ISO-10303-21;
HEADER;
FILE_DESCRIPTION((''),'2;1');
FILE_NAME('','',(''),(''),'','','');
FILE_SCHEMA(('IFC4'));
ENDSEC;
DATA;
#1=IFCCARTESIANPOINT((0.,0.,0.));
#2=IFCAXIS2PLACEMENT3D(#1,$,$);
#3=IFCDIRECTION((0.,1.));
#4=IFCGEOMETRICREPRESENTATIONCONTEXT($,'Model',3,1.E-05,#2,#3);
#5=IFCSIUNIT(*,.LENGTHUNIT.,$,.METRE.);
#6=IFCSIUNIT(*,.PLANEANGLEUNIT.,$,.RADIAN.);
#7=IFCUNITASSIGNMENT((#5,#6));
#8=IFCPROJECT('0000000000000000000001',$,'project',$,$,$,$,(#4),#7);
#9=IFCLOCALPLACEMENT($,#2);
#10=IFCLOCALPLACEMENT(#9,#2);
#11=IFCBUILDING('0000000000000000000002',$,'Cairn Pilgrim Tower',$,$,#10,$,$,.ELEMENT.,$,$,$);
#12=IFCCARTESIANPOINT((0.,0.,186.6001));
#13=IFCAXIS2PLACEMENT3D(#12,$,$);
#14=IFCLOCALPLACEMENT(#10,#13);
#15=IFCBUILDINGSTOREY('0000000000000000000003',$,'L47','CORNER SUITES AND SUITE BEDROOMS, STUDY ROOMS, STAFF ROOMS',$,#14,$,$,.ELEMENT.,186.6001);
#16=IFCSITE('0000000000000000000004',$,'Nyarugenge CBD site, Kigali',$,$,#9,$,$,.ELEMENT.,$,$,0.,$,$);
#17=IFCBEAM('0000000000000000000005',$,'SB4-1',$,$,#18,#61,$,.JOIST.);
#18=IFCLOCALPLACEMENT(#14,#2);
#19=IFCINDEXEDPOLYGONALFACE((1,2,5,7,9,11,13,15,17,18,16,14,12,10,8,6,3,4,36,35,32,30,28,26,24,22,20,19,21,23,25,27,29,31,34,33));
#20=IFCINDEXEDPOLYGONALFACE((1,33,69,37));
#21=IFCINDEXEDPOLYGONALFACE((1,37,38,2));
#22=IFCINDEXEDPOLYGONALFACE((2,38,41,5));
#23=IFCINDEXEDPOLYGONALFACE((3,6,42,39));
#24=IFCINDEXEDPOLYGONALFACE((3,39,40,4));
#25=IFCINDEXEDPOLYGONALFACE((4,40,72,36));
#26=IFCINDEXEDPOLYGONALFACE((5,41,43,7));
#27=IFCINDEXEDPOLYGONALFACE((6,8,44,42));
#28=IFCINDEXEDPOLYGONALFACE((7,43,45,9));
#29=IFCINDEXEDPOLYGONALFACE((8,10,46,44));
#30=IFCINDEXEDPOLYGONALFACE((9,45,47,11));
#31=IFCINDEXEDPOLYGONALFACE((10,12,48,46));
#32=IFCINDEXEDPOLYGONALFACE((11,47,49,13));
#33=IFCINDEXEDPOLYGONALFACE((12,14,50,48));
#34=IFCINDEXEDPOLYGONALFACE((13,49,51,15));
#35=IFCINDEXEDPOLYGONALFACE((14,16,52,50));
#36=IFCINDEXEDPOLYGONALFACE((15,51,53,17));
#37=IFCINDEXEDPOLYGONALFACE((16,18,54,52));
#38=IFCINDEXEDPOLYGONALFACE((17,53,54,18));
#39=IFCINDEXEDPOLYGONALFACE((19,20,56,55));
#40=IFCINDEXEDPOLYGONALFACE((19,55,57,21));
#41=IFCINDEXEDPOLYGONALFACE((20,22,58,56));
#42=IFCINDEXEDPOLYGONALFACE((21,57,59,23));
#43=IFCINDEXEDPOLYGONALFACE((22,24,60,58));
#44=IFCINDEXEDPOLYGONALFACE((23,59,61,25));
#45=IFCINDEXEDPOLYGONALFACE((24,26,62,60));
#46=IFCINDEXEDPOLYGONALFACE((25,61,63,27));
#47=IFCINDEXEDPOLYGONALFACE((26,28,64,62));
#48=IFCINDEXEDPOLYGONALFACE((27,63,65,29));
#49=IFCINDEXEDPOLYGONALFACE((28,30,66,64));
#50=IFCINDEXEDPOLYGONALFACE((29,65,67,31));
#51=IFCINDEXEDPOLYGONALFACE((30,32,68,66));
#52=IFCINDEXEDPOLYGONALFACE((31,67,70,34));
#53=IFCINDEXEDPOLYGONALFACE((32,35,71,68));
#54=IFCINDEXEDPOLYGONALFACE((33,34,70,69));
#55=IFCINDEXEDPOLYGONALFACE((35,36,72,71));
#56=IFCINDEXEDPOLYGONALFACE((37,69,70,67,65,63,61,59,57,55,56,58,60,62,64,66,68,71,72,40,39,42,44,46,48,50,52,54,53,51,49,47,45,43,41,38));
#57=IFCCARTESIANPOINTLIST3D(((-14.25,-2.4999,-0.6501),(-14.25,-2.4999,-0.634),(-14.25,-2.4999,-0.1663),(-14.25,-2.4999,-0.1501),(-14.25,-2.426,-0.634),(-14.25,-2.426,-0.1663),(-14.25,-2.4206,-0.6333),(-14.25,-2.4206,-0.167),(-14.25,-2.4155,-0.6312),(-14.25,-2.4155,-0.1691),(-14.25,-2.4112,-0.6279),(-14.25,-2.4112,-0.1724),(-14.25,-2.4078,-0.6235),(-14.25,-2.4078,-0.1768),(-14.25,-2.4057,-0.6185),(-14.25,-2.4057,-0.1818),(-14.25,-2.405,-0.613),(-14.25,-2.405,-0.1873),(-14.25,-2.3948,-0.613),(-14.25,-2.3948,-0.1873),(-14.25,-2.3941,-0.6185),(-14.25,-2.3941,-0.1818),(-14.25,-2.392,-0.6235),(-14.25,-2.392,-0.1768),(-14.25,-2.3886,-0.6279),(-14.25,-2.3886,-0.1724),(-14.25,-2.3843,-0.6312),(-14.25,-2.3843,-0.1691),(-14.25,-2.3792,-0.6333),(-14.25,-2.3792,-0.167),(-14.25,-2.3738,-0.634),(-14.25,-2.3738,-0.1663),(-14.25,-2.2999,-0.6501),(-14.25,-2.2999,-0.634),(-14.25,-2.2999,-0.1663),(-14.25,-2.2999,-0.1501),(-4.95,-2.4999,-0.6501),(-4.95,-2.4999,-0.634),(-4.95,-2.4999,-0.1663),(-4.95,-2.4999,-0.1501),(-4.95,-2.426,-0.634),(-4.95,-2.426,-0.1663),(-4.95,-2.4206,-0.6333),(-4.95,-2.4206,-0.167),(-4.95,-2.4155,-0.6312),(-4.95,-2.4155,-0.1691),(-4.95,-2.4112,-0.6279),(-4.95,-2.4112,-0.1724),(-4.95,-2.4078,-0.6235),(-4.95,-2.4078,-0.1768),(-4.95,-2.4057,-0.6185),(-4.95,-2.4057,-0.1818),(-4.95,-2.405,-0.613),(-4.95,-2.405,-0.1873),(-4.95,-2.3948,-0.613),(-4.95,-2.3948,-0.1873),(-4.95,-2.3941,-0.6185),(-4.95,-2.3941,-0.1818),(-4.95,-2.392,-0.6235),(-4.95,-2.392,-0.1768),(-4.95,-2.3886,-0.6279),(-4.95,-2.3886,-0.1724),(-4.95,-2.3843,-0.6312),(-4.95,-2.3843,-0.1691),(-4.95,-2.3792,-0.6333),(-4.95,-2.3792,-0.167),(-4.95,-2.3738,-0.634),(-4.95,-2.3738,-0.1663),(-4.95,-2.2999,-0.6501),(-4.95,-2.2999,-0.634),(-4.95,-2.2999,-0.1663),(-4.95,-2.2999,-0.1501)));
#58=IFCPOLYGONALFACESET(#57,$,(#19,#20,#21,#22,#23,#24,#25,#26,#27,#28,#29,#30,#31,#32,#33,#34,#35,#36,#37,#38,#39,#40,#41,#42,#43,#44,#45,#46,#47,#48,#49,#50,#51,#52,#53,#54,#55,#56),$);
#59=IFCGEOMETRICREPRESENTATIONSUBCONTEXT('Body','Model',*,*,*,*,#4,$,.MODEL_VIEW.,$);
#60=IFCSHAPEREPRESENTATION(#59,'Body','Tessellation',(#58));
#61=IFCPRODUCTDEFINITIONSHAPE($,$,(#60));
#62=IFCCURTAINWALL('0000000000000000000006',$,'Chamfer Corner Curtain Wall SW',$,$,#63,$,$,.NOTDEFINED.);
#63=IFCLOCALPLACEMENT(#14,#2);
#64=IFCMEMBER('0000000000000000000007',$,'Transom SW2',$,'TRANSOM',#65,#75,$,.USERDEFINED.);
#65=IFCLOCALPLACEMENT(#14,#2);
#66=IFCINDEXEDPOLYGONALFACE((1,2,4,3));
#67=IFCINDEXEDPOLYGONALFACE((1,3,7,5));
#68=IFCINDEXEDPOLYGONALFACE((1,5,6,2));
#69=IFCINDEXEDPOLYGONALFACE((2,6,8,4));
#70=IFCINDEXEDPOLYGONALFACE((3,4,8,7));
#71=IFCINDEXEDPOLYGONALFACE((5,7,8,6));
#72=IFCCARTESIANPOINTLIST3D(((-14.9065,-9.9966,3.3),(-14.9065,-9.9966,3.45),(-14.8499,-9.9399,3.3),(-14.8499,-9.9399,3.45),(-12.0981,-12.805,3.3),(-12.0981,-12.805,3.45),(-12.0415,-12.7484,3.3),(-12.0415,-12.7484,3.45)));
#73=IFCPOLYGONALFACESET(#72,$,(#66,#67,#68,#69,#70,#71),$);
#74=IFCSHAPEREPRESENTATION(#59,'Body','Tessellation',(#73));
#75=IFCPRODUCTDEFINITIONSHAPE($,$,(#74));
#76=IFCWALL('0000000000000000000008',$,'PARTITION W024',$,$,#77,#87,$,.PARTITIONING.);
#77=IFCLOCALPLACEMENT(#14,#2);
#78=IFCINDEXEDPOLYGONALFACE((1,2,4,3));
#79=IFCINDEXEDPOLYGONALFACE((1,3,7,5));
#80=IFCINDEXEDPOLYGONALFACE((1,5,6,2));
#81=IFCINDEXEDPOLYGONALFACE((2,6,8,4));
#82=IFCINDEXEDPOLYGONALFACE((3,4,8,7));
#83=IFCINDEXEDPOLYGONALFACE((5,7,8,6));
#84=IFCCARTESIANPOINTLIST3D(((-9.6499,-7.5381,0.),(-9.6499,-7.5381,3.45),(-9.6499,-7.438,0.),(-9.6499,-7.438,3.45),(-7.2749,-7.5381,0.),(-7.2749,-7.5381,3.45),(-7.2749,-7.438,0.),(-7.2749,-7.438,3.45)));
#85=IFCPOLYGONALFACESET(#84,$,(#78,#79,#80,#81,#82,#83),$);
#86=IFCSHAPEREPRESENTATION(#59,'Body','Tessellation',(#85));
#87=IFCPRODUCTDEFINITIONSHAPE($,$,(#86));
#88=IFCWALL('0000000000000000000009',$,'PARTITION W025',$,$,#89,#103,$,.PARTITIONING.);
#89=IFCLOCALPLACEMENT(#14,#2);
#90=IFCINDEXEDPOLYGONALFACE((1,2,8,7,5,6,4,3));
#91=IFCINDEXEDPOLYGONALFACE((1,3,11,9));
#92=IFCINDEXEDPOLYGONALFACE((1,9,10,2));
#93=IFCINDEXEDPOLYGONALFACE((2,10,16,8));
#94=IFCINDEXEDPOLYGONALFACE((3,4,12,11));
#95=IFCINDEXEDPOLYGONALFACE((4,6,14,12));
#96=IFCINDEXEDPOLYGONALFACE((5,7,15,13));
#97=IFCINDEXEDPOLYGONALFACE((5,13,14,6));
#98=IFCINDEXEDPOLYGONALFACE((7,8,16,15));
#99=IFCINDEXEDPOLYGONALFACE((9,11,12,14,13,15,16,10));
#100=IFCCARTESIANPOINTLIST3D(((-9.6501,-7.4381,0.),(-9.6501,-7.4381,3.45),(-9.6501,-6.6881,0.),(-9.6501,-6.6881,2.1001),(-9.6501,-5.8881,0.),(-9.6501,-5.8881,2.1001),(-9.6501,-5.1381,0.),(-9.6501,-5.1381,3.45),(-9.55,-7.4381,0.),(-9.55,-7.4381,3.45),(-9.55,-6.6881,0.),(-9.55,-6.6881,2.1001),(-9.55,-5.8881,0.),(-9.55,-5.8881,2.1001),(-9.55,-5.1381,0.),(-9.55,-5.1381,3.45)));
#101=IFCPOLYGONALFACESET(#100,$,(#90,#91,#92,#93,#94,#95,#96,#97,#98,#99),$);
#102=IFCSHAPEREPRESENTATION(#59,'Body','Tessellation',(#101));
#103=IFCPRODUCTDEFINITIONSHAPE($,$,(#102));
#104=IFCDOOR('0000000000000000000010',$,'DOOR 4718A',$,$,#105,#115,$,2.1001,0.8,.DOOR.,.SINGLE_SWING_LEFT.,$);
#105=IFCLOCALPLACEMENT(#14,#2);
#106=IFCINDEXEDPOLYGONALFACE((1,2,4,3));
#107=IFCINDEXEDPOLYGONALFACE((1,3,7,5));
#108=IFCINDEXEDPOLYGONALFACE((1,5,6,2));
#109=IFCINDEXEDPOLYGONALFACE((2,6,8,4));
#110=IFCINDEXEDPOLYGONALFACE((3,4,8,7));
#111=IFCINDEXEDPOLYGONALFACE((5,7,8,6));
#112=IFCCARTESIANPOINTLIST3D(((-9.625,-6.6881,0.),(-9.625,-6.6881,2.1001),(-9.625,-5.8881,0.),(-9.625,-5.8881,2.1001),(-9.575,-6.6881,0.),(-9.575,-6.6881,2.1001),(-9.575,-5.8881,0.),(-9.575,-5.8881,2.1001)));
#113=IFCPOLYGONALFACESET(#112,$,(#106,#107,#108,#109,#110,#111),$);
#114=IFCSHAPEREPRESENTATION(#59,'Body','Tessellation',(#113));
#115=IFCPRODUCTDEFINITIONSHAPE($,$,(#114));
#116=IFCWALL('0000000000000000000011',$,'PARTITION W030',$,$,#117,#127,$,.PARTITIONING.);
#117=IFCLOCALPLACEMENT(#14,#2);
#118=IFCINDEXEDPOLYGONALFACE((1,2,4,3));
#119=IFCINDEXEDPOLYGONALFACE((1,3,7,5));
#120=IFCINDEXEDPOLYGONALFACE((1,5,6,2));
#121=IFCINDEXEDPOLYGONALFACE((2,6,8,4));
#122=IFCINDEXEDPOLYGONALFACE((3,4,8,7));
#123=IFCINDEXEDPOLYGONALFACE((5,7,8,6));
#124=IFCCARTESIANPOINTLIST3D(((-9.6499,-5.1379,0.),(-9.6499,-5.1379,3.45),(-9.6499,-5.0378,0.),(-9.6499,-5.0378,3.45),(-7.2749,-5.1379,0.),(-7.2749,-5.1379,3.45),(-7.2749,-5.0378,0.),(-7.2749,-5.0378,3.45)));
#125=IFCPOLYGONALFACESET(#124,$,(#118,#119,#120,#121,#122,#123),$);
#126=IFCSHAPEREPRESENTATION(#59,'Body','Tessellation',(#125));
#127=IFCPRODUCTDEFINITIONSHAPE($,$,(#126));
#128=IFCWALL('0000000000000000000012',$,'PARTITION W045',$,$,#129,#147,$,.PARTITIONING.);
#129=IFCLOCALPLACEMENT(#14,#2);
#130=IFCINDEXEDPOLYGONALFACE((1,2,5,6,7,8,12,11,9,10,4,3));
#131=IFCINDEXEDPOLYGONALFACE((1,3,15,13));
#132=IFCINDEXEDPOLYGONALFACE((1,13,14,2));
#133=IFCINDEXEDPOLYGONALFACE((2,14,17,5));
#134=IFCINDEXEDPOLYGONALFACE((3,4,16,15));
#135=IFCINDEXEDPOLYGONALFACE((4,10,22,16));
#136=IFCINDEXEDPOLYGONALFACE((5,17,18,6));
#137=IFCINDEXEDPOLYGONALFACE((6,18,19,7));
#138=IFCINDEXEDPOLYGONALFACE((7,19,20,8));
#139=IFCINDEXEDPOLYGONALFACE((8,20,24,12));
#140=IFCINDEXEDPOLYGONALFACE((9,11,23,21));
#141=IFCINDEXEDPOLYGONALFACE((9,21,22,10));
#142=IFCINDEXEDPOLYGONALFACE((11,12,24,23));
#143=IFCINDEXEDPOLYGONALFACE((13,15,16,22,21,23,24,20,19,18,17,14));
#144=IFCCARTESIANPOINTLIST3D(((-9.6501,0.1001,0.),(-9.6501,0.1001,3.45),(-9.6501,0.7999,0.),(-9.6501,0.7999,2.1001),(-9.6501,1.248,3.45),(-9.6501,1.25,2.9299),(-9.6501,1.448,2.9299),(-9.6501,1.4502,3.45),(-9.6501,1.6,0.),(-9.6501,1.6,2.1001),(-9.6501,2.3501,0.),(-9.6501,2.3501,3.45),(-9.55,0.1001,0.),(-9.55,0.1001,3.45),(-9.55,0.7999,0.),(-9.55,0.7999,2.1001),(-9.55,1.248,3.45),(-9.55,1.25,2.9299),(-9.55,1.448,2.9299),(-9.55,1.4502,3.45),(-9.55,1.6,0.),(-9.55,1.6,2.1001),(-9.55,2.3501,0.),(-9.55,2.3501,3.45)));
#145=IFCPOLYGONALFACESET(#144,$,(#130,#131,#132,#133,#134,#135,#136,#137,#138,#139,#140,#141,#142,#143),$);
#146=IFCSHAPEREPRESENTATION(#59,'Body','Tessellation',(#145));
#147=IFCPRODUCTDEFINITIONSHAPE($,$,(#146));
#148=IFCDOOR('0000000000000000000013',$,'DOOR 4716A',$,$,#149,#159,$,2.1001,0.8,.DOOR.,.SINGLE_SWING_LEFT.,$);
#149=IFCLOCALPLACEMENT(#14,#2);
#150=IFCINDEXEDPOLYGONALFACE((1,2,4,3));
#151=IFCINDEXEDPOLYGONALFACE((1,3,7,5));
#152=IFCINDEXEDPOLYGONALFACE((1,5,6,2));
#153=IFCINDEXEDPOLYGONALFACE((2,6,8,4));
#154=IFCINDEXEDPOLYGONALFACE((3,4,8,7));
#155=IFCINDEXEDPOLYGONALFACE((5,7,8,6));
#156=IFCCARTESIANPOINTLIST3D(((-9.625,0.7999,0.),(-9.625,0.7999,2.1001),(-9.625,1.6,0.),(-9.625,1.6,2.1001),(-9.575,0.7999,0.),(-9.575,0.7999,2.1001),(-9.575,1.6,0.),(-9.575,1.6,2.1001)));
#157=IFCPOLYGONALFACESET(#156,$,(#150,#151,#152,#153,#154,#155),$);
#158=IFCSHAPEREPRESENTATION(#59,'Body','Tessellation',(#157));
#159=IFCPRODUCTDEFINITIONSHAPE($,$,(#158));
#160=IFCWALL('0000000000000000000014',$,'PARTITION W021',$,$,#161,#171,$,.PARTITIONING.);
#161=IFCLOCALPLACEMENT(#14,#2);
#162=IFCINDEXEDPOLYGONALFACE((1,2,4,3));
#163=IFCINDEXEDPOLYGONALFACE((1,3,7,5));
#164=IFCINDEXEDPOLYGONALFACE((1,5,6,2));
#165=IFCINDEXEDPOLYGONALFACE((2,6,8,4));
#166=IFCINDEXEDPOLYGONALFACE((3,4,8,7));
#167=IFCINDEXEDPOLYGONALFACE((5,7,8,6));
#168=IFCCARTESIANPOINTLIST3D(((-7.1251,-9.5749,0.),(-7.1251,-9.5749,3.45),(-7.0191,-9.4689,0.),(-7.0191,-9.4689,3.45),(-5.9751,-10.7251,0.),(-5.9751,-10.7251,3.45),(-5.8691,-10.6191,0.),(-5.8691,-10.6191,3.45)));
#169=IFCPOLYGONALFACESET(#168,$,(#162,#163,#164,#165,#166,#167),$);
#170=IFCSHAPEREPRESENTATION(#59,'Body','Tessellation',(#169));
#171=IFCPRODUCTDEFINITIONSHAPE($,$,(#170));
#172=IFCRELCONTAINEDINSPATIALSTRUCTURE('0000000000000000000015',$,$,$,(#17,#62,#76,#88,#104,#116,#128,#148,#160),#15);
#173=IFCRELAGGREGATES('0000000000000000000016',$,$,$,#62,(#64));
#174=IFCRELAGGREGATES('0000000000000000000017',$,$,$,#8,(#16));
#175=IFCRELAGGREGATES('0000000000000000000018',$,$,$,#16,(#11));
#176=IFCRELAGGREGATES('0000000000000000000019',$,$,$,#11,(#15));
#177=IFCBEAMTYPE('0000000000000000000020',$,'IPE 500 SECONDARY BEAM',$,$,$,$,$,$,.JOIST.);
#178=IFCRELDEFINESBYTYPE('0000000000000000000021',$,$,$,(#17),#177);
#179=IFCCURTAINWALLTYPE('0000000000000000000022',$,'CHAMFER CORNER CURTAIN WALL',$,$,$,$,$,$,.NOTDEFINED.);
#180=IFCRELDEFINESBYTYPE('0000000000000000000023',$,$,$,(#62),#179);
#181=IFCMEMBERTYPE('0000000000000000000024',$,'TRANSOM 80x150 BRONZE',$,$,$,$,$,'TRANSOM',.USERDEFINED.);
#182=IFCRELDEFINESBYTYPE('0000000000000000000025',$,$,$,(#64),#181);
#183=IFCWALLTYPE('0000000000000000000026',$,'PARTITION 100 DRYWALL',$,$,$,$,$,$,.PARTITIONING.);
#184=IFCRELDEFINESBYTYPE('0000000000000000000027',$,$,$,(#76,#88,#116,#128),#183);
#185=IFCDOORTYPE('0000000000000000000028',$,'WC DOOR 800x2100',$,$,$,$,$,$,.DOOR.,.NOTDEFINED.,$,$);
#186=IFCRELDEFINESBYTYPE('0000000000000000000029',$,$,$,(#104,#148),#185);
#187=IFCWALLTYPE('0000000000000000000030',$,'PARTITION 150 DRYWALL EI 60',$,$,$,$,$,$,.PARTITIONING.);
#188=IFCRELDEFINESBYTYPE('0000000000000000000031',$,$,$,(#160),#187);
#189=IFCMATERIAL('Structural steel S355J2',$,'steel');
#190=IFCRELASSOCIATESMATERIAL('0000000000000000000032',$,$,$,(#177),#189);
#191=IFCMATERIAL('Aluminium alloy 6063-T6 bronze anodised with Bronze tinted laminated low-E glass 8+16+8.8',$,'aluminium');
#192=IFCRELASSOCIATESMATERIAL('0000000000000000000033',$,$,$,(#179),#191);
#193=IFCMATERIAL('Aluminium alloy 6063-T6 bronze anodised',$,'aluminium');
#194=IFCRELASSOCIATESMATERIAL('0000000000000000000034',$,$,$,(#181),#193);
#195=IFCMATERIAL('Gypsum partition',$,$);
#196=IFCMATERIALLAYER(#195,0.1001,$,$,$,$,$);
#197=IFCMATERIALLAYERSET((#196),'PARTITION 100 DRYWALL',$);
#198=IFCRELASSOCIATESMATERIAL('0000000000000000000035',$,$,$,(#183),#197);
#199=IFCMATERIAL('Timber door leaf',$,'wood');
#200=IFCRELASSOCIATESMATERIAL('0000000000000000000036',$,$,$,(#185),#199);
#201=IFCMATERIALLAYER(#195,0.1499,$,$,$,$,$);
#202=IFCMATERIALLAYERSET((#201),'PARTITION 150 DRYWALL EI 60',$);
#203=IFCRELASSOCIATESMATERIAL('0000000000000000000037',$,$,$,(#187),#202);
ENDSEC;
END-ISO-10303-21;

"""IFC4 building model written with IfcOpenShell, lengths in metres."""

from ifc_helpers import new_model, si_unit, direction, frame, frame_2d, origin, origin_2d, place, context, subcontext, project, spatial, polyline, rectangle, i_section, outline, extrude, material, layer, layer_set, material_profile, profile_set, type_object, element, fill, aggregate, save


model = new_model("IFC4")

# Units and contexts
model_context = context("Model", 3, precision=1e-05, world=origin(), true_north=direction((0.0, 1.0)))
body_context = subcontext(model_context, "Body", "Model", "MODEL_VIEW")
ifc_project = project(units=[si_unit("LENGTHUNIT", "METRE"), si_unit("PLANEANGLEUNIT", "RADIAN")], contexts=[model_context])

# Site, building, storey
site_placement = place(None, origin())
site = spatial("IfcSite", under=ifc_project, at=site_placement, Name="Nyarugenge CBD site, Kigali", CompositionType="ELEMENT", RefElevation=0.0)
building_placement = place(site_placement, origin())
building = spatial("IfcBuilding", under=site, at=building_placement, Name="Cairn Pilgrim Tower", CompositionType="ELEMENT")
storey_placement = place(building_placement, frame((0.0, 0.0, 186.6001)))
storey = spatial("IfcBuildingStorey", under=building, at=storey_placement, Name="L47", Description="CORNER SUITES AND SUITE BEDROOMS, STUDY ROOMS, STAFF ROOMS", CompositionType="ELEMENT", Elevation=186.6001)

# Shared definitions
ifc_material_1 = material(Name="Structural steel S355J2", Category="steel")

# Beam
ifc_material_profile_1 = material_profile(ifc_material_1, i_section(OverallWidth=0.2, OverallDepth=0.5, WebThickness=0.0103, FlangeThickness=0.0161, FilletRadius=0.021, at=origin_2d()), Name="IPE 500")
ifc_profile_set_1 = profile_set([ifc_material_profile_1], Name="Structural steel S355J2")
beam_type_1 = type_object("IfcBeamType", Name="IPE 500 SECONDARY BEAM", PredefinedType="JOIST", material=ifc_profile_set_1)
for number, where, z_axis, x_axis, name in (
    (1, (-14.25, -2.3999, -0.4001), (1.0, 0.0, 0.0), (0.0, 1.0, 0.0), "SB4-1"),
):
    element("IfcBeam", number, at=place(storey_placement, frame(where, z_axis=z_axis, x_axis=x_axis)), inside=storey, type_object=beam_type_1, Name=name, PredefinedType="JOIST", context=body_context, shape_type="SweptSolid", body=[
        extrude(i_section(OverallWidth=0.2, OverallDepth=0.5, WebThickness=0.0103, FlangeThickness=0.0161, FilletRadius=0.021, at=origin_2d()), origin(), (0.0, 0.0, 1.0), 9.3),
    ])

# Curtain wall, member
ifc_material_2 = material(Name="Aluminium alloy 6063-T6 bronze anodised with Bronze tinted laminated low-E glass 8+16+8.8", Category="aluminium")
curtain_wall_type = type_object("IfcCurtainWallType", Name="CHAMFER CORNER CURTAIN WALL", PredefinedType="NOTDEFINED", material=ifc_material_2)
curtain_wall_placement = place(storey_placement, origin())
curtain_wall = element("IfcCurtainWall", 2, at=curtain_wall_placement, inside=storey, type_object=curtain_wall_type, Name="Chamfer Corner Curtain Wall SW", PredefinedType="NOTDEFINED")
ifc_material_3 = material(Name="Aluminium alloy 6063-T6 bronze anodised", Category="aluminium")
ifc_material_profile_2 = material_profile(ifc_material_3, rectangle(XDim=0.0801, YDim=0.1499, at=origin_2d()), Name="TRANSOM 80x150 BRONZE")
ifc_profile_set_2 = profile_set([ifc_material_profile_2], Name="Aluminium alloy 6063-T6 bronze anodised")
member_type = type_object("IfcMemberType", Name="TRANSOM 80x150 BRONZE", ElementType="TRANSOM", PredefinedType="USERDEFINED", material=ifc_profile_set_2)
member_placement = place(storey_placement, frame((-14.8782, -9.9683, 3.375), z_axis=(0.707107, -0.707107, 0.0), x_axis=(0.707107, 0.707107, 0.0)))
member = element("IfcMember", 3, at=member_placement, type_object=member_type, Name="Transom SW2", ObjectType="TRANSOM", PredefinedType="USERDEFINED", context=body_context, shape_type="SweptSolid", body=[
    extrude(rectangle(XDim=0.0801, YDim=0.1499, at=origin_2d()), origin(), (0.0, 0.0, 1.0), 3.9717),
])
aggregate(curtain_wall, [member])

# Wall
ifc_material_4 = material(Name="Gypsum partition")
ifc_layer_1 = layer(ifc_material_4, 0.1001)
ifc_layer_set_1 = layer_set([ifc_layer_1], Name="PARTITION 100 DRYWALL")
wall_type_1 = type_object("IfcWallType", Name="PARTITION 100 DRYWALL", PredefinedType="PARTITIONING", material=ifc_layer_set_1)
wall_1_placement = place(storey_placement, frame((-9.6499, -7.488, 0.0), z_axis=(0.0, 0.0, 1.0), x_axis=(1.0, 0.0, 0.0)))
element("IfcWall", 4, at=wall_1_placement, inside=storey, type_object=wall_type_1, Name="PARTITION W024", PredefinedType="PARTITIONING", context=body_context, shape_type="SweptSolid", body=[
    extrude(rectangle(XDim=2.375, YDim=0.1001, at=frame_2d((1.1875, 0.0))), origin(), (0.0, 0.0, 1.0), 3.45),
])

# Wall, opening, door
wall_2_placement = place(storey_placement, frame((-9.6001, -7.438, 0.0), z_axis=(0.0, 0.0, 1.0), x_axis=(0.0, 1.0, 0.0)))
wall_2 = element("IfcWall", 5, at=wall_2_placement, inside=storey, type_object=wall_type_1, Name="PARTITION W025", PredefinedType="PARTITIONING", context=body_context, shape_type="SweptSolid", body=[
    extrude(rectangle(XDim=2.3, YDim=0.1001, at=frame_2d((1.1499, 0.0))), origin(), (0.0, 0.0, 1.0), 3.45),
])
opening_1_placement = place(wall_2_placement, frame((0.75, 0.0, 0.0)))
opening_1 = element("IfcOpeningElement", 6, at=opening_1_placement, cuts=wall_2, PredefinedType="OPENING", context=body_context, shape_type="SweptSolid", body=[
    extrude(rectangle(XDim=0.8, YDim=2.1001, at=frame_2d((0.3999, 1.05))), frame((0.0, 0.0601, 0.0), z_axis=(0.0, -1.0, 0.0), x_axis=(1.0, 0.0, 0.0)), (0.0, 0.0, 1.0), 0.1201),
])
ifc_material_5 = material(Name="Timber door leaf", Category="wood")
door_type_1 = type_object("IfcDoorType", Name="WC DOOR 800x2100", OperationType="NOTDEFINED", PredefinedType="DOOR", material=ifc_material_5)
door_1_placement = place(opening_1_placement, origin())
door_1 = element("IfcDoor", 7, at=door_1_placement, inside=storey, type_object=door_type_1, Name="DOOR 4718A", OperationType="SINGLE_SWING_LEFT", OverallHeight=2.1001, OverallWidth=0.8, PredefinedType="DOOR", context=body_context, shape_type="SweptSolid", body=[
    extrude(rectangle(XDim=0.8, YDim=2.1001, at=frame_2d((0.3999, 1.05))), frame((0.0, 0.0249, 0.0), z_axis=(0.0, -1.0, 0.0), x_axis=(1.0, 0.0, 0.0)), (0.0, 0.0, 1.0), 0.05),
])
fill(opening_1, door_1)

# Wall
wall_3_placement = place(storey_placement, frame((-9.6499, -5.0879, 0.0), z_axis=(0.0, 0.0, 1.0), x_axis=(1.0, 0.0, 0.0)))
element("IfcWall", 8, at=wall_3_placement, inside=storey, type_object=wall_type_1, Name="PARTITION W030", PredefinedType="PARTITIONING", context=body_context, shape_type="SweptSolid", body=[
    extrude(rectangle(XDim=2.375, YDim=0.1001, at=frame_2d((1.1875, 0.0))), origin(), (0.0, 0.0, 1.0), 3.45),
])

# Wall, opening, door
wall_4_placement = place(storey_placement, frame((-9.6001, 0.1001, 0.0), z_axis=(0.0, 0.0, 1.0), x_axis=(0.0, 1.0, 0.0)))
wall_4 = element("IfcWall", 9, at=wall_4_placement, inside=storey, type_object=wall_type_1, Name="PARTITION W045", PredefinedType="PARTITIONING", context=body_context, shape_type="SweptSolid", body=[
    extrude(outline(polyline([(0.0, 0.0), (2.25, 0.0), (2.25, 3.45), (1.3501, 3.45), (1.3479, 2.9299), (1.1499, 2.9299), (1.1479, 3.45), (0.0, 3.45), (0.0, 0.0)])), frame((0.0, 0.05, 0.0), z_axis=(0.0, -1.0, 0.0), x_axis=(1.0, 0.0, 0.0)), (0.0, 0.0, 1.0), 0.1001),
])
opening_2_placement = place(wall_4_placement, frame((0.7, 0.0, 0.0)))
opening_2 = element("IfcOpeningElement", 10, at=opening_2_placement, cuts=wall_4, PredefinedType="OPENING", context=body_context, shape_type="SweptSolid", body=[
    extrude(rectangle(XDim=0.8, YDim=2.1001, at=frame_2d((0.3999, 1.05))), frame((0.0, 0.0601, 0.0), z_axis=(0.0, -1.0, 0.0), x_axis=(1.0, 0.0, 0.0)), (0.0, 0.0, 1.0), 0.1201),
])
door_2_placement = place(opening_2_placement, origin())
door_2 = element("IfcDoor", 11, at=door_2_placement, inside=storey, type_object=door_type_1, Name="DOOR 4716A", OperationType="SINGLE_SWING_LEFT", OverallHeight=2.1001, OverallWidth=0.8, PredefinedType="DOOR", context=body_context, shape_type="SweptSolid", body=[
    extrude(rectangle(XDim=0.8, YDim=2.1001, at=frame_2d((0.3999, 1.05))), frame((0.0, 0.0249, 0.0), z_axis=(0.0, -1.0, 0.0), x_axis=(1.0, 0.0, 0.0)), (0.0, 0.0, 1.0), 0.05),
])
fill(opening_2, door_2)

# Wall
ifc_layer_2 = layer(ifc_material_4, 0.1499)
ifc_layer_set_2 = layer_set([ifc_layer_2], Name="PARTITION 150 DRYWALL EI 60")
wall_type_2 = type_object("IfcWallType", Name="PARTITION 150 DRYWALL EI 60", PredefinedType="PARTITIONING", material=ifc_layer_set_2)
wall_5_placement = place(storey_placement, frame((-5.9221, -10.6721, 0.0), z_axis=(0.0, 0.0, 1.0), x_axis=(-0.707032, 0.707182, 0.0)))
element("IfcWall", 12, at=wall_5_placement, inside=storey, type_object=wall_type_2, Name="PARTITION W021", PredefinedType="PARTITIONING", context=body_context, shape_type="SweptSolid", body=[
    extrude(rectangle(XDim=1.6265, YDim=0.1499, at=frame_2d((0.8132, 0.0))), origin(), (0.0, 0.0, 1.0), 3.45),
])

save(model, "model.ifc")
